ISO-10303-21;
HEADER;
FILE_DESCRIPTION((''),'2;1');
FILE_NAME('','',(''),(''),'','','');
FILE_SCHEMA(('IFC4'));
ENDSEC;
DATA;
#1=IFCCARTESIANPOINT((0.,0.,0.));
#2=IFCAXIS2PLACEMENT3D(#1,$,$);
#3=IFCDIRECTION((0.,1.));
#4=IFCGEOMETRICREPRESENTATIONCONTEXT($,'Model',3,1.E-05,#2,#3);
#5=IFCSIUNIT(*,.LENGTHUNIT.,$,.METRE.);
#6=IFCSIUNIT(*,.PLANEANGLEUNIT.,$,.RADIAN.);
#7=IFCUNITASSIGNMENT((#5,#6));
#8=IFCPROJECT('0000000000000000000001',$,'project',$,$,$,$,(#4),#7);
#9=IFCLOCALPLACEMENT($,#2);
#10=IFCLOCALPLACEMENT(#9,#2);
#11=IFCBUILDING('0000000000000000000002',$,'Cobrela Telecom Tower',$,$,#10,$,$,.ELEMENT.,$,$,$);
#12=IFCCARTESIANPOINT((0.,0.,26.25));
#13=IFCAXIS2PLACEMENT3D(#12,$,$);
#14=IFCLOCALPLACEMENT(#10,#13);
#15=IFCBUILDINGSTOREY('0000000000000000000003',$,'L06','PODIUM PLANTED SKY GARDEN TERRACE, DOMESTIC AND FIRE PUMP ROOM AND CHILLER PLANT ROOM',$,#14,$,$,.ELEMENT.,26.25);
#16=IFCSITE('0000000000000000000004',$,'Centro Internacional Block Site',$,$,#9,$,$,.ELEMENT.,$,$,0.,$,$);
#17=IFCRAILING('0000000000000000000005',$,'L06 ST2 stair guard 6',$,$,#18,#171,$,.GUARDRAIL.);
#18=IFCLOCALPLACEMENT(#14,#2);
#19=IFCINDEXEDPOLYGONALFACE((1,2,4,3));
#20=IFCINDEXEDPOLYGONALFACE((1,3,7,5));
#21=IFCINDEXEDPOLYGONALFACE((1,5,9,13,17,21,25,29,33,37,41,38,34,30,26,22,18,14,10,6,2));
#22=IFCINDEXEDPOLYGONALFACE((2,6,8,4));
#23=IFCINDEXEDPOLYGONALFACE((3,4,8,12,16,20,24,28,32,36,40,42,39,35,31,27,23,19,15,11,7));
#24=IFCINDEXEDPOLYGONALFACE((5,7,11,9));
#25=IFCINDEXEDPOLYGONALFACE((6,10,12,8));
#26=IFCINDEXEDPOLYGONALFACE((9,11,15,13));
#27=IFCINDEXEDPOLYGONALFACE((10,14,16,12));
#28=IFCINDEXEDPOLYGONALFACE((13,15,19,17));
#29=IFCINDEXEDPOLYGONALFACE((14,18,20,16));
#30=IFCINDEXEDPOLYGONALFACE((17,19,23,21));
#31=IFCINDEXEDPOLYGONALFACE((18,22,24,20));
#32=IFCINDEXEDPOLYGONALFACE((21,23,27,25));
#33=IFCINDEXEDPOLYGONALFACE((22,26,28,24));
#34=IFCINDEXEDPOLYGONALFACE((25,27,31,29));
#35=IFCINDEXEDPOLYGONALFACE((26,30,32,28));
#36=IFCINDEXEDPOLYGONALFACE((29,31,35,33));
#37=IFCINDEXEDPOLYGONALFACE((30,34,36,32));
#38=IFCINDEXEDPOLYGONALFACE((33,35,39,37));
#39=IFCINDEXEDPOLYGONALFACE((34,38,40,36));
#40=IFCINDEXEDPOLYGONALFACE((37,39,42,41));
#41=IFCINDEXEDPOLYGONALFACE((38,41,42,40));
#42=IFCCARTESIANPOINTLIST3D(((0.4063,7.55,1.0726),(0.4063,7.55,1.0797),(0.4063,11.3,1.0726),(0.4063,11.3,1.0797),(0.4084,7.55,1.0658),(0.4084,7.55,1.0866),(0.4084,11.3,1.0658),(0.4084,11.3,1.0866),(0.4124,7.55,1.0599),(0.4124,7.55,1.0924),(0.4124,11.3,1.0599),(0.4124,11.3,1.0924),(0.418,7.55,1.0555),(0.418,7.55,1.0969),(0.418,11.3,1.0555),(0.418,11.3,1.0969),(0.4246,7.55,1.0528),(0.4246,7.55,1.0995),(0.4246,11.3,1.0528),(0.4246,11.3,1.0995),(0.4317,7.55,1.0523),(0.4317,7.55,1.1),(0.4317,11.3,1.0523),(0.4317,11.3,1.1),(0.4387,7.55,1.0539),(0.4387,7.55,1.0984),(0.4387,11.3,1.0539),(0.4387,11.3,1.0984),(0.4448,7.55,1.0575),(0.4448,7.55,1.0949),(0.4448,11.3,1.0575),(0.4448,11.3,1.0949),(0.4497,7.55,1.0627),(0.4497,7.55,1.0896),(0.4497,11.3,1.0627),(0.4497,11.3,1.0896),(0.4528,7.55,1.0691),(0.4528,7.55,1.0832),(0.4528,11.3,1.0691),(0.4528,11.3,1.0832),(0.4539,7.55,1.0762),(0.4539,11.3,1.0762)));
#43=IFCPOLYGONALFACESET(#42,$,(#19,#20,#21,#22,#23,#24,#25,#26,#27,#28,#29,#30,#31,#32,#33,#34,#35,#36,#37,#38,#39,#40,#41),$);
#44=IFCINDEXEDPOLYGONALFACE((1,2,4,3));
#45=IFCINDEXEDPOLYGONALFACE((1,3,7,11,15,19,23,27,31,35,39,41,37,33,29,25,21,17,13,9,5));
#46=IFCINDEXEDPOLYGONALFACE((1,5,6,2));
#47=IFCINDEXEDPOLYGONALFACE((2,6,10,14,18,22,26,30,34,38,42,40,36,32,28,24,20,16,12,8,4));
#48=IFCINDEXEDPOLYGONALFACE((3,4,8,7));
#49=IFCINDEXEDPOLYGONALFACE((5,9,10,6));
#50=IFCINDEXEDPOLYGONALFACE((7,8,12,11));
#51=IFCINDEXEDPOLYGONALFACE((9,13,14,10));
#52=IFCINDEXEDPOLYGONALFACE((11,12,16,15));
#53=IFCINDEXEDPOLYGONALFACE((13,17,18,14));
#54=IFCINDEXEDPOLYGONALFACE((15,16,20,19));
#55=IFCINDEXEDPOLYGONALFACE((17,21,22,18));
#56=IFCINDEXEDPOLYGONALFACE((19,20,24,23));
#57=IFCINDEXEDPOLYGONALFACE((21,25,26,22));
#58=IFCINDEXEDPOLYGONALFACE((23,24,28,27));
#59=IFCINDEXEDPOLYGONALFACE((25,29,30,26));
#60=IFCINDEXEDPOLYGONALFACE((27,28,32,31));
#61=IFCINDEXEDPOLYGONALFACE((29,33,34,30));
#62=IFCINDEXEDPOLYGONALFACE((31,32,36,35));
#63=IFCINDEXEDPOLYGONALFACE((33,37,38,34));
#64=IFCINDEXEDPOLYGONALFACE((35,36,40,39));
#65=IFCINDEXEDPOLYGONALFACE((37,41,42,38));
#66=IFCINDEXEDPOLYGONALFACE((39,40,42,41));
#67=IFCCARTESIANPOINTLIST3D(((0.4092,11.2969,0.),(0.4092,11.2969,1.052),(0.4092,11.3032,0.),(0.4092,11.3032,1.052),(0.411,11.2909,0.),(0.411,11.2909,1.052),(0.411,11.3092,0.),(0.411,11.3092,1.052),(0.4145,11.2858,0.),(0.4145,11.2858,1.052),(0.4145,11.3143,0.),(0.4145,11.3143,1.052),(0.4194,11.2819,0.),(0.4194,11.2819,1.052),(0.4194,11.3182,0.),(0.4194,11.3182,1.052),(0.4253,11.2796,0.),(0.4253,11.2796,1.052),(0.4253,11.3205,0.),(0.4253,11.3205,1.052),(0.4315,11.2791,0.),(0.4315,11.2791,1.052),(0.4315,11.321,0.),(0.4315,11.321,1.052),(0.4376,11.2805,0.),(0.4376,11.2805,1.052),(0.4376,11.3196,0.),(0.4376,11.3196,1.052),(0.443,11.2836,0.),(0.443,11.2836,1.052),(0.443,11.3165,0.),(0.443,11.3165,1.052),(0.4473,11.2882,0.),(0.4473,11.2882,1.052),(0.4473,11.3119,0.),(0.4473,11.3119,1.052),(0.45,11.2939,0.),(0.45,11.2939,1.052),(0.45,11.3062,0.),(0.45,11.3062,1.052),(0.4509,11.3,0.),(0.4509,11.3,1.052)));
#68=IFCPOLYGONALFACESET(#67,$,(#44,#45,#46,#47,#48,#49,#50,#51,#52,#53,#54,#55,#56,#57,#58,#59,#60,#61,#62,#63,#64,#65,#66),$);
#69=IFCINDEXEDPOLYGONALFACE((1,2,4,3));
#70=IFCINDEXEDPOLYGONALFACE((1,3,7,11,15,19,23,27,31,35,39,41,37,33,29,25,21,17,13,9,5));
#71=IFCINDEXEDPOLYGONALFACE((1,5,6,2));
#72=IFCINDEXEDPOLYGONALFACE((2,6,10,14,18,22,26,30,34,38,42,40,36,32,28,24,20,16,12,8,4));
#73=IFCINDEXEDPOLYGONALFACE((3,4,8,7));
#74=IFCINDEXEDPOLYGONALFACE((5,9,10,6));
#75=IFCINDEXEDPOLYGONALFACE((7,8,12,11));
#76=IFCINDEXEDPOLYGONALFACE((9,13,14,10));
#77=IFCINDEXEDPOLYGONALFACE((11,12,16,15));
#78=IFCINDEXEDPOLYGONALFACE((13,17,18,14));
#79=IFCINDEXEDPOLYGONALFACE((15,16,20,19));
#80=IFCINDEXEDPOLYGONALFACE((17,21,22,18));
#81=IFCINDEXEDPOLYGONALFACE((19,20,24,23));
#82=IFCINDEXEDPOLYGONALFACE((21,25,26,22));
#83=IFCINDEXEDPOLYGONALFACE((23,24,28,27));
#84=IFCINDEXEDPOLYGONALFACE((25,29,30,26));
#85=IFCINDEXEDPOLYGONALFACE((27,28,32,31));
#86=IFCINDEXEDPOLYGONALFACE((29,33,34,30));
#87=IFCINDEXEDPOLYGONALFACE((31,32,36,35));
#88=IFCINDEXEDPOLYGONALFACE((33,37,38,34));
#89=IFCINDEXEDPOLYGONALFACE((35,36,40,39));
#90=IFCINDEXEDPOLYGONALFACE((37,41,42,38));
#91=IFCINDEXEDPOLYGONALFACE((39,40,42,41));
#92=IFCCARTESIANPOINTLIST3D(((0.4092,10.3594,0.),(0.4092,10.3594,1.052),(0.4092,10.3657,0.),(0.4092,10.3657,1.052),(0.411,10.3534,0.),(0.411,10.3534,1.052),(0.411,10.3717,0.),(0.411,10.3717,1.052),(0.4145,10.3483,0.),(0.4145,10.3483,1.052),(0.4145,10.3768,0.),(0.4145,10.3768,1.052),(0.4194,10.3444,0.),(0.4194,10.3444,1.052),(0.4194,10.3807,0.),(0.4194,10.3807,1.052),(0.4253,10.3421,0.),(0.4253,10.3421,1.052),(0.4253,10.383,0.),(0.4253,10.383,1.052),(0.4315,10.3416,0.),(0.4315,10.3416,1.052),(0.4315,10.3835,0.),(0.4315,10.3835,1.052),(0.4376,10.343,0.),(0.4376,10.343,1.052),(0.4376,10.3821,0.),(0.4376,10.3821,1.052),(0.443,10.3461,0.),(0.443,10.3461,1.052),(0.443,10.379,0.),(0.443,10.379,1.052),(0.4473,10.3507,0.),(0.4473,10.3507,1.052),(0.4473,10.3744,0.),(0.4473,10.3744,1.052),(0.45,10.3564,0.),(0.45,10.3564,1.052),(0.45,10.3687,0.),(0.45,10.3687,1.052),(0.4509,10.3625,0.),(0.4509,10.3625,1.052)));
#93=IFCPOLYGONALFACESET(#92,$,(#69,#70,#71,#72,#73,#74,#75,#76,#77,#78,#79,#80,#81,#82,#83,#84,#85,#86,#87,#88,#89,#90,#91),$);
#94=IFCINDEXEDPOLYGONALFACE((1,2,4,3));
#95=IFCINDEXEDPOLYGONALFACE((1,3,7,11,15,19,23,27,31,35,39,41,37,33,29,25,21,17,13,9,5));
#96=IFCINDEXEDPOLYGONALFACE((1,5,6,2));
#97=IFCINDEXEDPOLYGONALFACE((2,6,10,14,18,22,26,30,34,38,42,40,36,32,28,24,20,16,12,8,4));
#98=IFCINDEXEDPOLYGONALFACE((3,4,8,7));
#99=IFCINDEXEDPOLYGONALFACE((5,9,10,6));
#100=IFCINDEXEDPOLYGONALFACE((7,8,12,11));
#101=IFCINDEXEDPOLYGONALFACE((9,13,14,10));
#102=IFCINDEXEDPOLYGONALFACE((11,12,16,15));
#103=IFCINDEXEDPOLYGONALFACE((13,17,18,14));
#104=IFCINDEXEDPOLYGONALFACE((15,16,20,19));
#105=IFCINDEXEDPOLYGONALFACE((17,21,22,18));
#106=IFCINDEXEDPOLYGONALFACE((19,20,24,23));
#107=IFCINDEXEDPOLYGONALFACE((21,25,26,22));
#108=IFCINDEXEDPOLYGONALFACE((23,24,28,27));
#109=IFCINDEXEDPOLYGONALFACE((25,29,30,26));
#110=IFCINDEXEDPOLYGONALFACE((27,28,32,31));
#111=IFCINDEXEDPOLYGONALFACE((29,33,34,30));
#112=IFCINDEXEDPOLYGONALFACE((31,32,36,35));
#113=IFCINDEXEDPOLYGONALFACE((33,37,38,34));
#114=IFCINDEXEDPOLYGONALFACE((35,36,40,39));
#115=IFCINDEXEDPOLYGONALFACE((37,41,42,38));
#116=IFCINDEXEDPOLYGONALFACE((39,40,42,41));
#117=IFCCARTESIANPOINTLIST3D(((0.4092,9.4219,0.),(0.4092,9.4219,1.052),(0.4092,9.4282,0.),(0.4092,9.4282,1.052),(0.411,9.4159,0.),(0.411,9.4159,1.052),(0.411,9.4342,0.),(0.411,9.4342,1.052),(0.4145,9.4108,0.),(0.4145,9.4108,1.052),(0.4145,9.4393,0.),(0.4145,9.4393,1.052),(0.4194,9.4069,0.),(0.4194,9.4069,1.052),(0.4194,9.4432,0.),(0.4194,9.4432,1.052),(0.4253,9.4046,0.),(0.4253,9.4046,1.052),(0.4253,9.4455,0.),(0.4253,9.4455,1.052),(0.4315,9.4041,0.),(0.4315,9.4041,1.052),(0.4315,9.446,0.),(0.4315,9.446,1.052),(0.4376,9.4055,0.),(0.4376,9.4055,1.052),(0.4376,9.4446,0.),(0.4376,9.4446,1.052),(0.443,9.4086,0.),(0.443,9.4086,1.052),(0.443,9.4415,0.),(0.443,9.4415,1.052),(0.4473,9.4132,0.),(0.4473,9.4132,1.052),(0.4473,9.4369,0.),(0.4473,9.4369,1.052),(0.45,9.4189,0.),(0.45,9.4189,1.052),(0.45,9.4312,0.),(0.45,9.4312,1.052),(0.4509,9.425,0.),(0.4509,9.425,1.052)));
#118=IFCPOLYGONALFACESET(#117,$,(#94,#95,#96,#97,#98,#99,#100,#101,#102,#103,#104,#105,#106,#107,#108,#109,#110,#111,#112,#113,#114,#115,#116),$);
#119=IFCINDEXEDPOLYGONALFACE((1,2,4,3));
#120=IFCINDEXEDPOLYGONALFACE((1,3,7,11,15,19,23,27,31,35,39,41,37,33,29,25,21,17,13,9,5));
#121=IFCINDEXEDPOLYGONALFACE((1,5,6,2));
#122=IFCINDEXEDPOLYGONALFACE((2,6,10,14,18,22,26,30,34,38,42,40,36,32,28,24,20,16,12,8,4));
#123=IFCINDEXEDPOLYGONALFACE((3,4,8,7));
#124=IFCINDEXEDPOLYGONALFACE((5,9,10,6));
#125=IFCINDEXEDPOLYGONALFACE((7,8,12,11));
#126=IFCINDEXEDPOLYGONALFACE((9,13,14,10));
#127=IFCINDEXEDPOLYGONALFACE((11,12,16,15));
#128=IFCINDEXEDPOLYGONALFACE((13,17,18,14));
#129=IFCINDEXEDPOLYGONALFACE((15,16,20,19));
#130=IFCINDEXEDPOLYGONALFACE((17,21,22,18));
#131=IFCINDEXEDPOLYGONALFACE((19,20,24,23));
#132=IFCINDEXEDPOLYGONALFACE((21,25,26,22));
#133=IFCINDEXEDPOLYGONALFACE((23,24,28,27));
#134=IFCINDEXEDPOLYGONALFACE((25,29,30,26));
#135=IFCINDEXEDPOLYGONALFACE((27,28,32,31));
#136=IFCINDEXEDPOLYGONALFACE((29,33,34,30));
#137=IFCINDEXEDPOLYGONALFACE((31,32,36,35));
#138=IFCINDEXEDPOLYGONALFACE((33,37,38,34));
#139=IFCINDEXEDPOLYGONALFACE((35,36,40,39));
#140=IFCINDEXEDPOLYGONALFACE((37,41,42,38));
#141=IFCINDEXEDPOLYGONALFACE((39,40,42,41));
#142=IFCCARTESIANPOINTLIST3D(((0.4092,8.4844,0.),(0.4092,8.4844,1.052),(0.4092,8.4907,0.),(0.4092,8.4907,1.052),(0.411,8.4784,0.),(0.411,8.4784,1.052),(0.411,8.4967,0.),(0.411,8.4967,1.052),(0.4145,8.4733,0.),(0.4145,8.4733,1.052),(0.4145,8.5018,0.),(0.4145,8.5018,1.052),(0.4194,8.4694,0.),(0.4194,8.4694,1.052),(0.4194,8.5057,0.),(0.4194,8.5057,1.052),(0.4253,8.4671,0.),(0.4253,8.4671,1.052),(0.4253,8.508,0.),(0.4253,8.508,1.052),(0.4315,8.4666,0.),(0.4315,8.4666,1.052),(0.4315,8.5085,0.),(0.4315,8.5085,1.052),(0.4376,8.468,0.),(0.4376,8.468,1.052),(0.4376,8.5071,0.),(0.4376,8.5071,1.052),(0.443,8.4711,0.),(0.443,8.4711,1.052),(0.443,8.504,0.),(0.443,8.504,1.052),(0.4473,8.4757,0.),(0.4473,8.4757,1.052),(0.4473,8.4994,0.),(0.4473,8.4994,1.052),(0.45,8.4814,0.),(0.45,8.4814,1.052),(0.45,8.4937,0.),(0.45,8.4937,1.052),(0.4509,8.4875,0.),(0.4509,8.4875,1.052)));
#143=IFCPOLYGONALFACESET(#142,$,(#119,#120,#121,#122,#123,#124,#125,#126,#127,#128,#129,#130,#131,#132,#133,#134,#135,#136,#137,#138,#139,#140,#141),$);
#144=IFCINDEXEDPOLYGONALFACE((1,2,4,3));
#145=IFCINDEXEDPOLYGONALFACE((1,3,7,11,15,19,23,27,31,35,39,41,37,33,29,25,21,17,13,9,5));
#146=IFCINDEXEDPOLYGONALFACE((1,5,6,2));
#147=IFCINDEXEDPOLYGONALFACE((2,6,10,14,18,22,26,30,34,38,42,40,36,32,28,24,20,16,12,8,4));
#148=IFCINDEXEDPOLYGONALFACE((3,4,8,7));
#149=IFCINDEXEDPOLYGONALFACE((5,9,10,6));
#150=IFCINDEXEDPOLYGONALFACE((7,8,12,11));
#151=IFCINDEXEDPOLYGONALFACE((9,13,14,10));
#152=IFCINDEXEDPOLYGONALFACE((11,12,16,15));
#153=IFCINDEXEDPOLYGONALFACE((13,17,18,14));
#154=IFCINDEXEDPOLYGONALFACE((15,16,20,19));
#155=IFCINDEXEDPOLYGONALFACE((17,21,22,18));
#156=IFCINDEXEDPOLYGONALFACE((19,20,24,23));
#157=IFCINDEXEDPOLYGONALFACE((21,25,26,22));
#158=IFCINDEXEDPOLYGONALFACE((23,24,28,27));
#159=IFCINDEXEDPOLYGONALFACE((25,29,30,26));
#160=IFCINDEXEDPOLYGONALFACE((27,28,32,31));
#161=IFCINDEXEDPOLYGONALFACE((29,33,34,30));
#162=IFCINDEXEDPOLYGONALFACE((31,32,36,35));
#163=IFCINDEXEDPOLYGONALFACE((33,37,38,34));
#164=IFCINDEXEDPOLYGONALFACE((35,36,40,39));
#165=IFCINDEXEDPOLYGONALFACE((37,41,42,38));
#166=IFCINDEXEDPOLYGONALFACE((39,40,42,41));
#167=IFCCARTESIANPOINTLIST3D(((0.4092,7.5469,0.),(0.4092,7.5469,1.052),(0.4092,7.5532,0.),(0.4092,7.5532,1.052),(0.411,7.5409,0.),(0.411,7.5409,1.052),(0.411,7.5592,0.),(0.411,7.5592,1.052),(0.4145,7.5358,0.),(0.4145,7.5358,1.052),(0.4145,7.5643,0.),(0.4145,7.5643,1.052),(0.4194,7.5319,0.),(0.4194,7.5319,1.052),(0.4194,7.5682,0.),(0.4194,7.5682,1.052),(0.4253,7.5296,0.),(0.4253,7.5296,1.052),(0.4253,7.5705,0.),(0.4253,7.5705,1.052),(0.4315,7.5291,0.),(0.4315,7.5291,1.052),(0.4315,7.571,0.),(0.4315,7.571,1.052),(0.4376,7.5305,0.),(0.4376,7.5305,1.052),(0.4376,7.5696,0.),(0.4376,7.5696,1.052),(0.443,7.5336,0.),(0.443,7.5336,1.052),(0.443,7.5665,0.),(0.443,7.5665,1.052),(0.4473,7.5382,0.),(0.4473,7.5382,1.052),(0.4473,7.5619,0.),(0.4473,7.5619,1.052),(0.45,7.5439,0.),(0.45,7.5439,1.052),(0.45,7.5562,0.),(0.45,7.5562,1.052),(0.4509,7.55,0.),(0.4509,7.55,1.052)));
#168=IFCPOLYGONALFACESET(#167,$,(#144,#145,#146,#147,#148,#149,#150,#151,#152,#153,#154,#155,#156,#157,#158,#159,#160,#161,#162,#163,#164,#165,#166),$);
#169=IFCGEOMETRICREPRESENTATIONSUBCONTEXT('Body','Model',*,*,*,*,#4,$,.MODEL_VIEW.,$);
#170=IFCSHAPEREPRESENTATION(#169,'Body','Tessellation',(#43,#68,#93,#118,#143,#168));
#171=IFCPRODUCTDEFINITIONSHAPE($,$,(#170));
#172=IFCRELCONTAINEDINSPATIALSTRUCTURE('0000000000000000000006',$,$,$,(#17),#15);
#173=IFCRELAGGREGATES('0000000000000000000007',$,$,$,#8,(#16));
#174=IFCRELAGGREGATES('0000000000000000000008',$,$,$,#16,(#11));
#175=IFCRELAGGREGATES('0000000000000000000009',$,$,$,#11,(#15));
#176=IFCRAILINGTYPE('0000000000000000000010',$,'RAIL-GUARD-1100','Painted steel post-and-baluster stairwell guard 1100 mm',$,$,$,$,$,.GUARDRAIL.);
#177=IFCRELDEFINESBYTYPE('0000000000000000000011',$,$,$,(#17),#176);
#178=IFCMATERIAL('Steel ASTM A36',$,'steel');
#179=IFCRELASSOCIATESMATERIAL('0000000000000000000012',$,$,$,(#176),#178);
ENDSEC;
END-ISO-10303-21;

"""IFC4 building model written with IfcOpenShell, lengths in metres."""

from ifc_helpers import new_model, si_unit, direction, frame, origin, origin_2d, place, context, subcontext, project, spatial, circle, extrude, material, type_object, element, save


model = new_model("IFC4")

# Units and contexts
model_context = context("Model", 3, precision=1e-05, world=origin(), true_north=direction((0.0, 1.0)))
body_context = subcontext(model_context, "Body", "Model", "MODEL_VIEW")
ifc_project = project(units=[si_unit("LENGTHUNIT", "METRE"), si_unit("PLANEANGLEUNIT", "RADIAN")], contexts=[model_context])

# Site, building, storey
site_placement = place(None, origin())
site = spatial("IfcSite", under=ifc_project, at=site_placement, Name="Centro Internacional Block Site", CompositionType="ELEMENT", RefElevation=0.0)
building_placement = place(site_placement, origin())
building = spatial("IfcBuilding", under=site, at=building_placement, Name="Cobrela Telecom Tower", CompositionType="ELEMENT")
storey_placement = place(building_placement, frame((0.0, 0.0, 26.25)))
storey = spatial("IfcBuildingStorey", under=building, at=storey_placement, Name="L06", Description="PODIUM PLANTED SKY GARDEN TERRACE, DOMESTIC AND FIRE PUMP ROOM AND CHILLER PLANT ROOM", CompositionType="ELEMENT", Elevation=26.25)

# Shared definitions
ifc_material_1 = material(Name="Steel ASTM A36", Category="steel")

# Railing
railing_type_1 = type_object("IfcRailingType", Name="RAIL-GUARD-1100", Description="Painted steel post-and-baluster stairwell guard 1100 mm", PredefinedType="GUARDRAIL", material=ifc_material_1)
railing_1_placement = place(storey_placement, frame((0.4299, 11.3, 0.0)))
element("IfcRailing", 1, at=railing_1_placement, inside=storey, type_object=railing_type_1, Name="L06 ST2 stair guard 6", PredefinedType="GUARDRAIL", context=body_context, shape_type="SweptSolid", body=[
    extrude(circle(Radius=0.0239, at=origin_2d()), frame((0.0, 0.0, 1.0762), z_axis=(0.0, -1.0, 0.0), x_axis=(1.0, 0.0, 0.0)), (0.0, 0.0, 1.0), 3.75),
    extrude(circle(Radius=0.021, at=origin_2d()), origin(), (0.0, 0.0, 1.0), 1.052),
    extrude(circle(Radius=0.021, at=origin_2d()), frame((0.0, -0.9375, 0.0)), (0.0, 0.0, 1.0), 1.052),
    extrude(circle(Radius=0.021, at=origin_2d()), frame((0.0, -1.875, 0.0)), (0.0, 0.0, 1.0), 1.052),
    extrude(circle(Radius=0.021, at=origin_2d()), frame((0.0, -2.8125, 0.0)), (0.0, 0.0, 1.0), 1.052),
    extrude(circle(Radius=0.021, at=origin_2d()), frame((0.0, -3.75, 0.0)), (0.0, 0.0, 1.0), 1.052),
])

save(model, "model.ifc")
